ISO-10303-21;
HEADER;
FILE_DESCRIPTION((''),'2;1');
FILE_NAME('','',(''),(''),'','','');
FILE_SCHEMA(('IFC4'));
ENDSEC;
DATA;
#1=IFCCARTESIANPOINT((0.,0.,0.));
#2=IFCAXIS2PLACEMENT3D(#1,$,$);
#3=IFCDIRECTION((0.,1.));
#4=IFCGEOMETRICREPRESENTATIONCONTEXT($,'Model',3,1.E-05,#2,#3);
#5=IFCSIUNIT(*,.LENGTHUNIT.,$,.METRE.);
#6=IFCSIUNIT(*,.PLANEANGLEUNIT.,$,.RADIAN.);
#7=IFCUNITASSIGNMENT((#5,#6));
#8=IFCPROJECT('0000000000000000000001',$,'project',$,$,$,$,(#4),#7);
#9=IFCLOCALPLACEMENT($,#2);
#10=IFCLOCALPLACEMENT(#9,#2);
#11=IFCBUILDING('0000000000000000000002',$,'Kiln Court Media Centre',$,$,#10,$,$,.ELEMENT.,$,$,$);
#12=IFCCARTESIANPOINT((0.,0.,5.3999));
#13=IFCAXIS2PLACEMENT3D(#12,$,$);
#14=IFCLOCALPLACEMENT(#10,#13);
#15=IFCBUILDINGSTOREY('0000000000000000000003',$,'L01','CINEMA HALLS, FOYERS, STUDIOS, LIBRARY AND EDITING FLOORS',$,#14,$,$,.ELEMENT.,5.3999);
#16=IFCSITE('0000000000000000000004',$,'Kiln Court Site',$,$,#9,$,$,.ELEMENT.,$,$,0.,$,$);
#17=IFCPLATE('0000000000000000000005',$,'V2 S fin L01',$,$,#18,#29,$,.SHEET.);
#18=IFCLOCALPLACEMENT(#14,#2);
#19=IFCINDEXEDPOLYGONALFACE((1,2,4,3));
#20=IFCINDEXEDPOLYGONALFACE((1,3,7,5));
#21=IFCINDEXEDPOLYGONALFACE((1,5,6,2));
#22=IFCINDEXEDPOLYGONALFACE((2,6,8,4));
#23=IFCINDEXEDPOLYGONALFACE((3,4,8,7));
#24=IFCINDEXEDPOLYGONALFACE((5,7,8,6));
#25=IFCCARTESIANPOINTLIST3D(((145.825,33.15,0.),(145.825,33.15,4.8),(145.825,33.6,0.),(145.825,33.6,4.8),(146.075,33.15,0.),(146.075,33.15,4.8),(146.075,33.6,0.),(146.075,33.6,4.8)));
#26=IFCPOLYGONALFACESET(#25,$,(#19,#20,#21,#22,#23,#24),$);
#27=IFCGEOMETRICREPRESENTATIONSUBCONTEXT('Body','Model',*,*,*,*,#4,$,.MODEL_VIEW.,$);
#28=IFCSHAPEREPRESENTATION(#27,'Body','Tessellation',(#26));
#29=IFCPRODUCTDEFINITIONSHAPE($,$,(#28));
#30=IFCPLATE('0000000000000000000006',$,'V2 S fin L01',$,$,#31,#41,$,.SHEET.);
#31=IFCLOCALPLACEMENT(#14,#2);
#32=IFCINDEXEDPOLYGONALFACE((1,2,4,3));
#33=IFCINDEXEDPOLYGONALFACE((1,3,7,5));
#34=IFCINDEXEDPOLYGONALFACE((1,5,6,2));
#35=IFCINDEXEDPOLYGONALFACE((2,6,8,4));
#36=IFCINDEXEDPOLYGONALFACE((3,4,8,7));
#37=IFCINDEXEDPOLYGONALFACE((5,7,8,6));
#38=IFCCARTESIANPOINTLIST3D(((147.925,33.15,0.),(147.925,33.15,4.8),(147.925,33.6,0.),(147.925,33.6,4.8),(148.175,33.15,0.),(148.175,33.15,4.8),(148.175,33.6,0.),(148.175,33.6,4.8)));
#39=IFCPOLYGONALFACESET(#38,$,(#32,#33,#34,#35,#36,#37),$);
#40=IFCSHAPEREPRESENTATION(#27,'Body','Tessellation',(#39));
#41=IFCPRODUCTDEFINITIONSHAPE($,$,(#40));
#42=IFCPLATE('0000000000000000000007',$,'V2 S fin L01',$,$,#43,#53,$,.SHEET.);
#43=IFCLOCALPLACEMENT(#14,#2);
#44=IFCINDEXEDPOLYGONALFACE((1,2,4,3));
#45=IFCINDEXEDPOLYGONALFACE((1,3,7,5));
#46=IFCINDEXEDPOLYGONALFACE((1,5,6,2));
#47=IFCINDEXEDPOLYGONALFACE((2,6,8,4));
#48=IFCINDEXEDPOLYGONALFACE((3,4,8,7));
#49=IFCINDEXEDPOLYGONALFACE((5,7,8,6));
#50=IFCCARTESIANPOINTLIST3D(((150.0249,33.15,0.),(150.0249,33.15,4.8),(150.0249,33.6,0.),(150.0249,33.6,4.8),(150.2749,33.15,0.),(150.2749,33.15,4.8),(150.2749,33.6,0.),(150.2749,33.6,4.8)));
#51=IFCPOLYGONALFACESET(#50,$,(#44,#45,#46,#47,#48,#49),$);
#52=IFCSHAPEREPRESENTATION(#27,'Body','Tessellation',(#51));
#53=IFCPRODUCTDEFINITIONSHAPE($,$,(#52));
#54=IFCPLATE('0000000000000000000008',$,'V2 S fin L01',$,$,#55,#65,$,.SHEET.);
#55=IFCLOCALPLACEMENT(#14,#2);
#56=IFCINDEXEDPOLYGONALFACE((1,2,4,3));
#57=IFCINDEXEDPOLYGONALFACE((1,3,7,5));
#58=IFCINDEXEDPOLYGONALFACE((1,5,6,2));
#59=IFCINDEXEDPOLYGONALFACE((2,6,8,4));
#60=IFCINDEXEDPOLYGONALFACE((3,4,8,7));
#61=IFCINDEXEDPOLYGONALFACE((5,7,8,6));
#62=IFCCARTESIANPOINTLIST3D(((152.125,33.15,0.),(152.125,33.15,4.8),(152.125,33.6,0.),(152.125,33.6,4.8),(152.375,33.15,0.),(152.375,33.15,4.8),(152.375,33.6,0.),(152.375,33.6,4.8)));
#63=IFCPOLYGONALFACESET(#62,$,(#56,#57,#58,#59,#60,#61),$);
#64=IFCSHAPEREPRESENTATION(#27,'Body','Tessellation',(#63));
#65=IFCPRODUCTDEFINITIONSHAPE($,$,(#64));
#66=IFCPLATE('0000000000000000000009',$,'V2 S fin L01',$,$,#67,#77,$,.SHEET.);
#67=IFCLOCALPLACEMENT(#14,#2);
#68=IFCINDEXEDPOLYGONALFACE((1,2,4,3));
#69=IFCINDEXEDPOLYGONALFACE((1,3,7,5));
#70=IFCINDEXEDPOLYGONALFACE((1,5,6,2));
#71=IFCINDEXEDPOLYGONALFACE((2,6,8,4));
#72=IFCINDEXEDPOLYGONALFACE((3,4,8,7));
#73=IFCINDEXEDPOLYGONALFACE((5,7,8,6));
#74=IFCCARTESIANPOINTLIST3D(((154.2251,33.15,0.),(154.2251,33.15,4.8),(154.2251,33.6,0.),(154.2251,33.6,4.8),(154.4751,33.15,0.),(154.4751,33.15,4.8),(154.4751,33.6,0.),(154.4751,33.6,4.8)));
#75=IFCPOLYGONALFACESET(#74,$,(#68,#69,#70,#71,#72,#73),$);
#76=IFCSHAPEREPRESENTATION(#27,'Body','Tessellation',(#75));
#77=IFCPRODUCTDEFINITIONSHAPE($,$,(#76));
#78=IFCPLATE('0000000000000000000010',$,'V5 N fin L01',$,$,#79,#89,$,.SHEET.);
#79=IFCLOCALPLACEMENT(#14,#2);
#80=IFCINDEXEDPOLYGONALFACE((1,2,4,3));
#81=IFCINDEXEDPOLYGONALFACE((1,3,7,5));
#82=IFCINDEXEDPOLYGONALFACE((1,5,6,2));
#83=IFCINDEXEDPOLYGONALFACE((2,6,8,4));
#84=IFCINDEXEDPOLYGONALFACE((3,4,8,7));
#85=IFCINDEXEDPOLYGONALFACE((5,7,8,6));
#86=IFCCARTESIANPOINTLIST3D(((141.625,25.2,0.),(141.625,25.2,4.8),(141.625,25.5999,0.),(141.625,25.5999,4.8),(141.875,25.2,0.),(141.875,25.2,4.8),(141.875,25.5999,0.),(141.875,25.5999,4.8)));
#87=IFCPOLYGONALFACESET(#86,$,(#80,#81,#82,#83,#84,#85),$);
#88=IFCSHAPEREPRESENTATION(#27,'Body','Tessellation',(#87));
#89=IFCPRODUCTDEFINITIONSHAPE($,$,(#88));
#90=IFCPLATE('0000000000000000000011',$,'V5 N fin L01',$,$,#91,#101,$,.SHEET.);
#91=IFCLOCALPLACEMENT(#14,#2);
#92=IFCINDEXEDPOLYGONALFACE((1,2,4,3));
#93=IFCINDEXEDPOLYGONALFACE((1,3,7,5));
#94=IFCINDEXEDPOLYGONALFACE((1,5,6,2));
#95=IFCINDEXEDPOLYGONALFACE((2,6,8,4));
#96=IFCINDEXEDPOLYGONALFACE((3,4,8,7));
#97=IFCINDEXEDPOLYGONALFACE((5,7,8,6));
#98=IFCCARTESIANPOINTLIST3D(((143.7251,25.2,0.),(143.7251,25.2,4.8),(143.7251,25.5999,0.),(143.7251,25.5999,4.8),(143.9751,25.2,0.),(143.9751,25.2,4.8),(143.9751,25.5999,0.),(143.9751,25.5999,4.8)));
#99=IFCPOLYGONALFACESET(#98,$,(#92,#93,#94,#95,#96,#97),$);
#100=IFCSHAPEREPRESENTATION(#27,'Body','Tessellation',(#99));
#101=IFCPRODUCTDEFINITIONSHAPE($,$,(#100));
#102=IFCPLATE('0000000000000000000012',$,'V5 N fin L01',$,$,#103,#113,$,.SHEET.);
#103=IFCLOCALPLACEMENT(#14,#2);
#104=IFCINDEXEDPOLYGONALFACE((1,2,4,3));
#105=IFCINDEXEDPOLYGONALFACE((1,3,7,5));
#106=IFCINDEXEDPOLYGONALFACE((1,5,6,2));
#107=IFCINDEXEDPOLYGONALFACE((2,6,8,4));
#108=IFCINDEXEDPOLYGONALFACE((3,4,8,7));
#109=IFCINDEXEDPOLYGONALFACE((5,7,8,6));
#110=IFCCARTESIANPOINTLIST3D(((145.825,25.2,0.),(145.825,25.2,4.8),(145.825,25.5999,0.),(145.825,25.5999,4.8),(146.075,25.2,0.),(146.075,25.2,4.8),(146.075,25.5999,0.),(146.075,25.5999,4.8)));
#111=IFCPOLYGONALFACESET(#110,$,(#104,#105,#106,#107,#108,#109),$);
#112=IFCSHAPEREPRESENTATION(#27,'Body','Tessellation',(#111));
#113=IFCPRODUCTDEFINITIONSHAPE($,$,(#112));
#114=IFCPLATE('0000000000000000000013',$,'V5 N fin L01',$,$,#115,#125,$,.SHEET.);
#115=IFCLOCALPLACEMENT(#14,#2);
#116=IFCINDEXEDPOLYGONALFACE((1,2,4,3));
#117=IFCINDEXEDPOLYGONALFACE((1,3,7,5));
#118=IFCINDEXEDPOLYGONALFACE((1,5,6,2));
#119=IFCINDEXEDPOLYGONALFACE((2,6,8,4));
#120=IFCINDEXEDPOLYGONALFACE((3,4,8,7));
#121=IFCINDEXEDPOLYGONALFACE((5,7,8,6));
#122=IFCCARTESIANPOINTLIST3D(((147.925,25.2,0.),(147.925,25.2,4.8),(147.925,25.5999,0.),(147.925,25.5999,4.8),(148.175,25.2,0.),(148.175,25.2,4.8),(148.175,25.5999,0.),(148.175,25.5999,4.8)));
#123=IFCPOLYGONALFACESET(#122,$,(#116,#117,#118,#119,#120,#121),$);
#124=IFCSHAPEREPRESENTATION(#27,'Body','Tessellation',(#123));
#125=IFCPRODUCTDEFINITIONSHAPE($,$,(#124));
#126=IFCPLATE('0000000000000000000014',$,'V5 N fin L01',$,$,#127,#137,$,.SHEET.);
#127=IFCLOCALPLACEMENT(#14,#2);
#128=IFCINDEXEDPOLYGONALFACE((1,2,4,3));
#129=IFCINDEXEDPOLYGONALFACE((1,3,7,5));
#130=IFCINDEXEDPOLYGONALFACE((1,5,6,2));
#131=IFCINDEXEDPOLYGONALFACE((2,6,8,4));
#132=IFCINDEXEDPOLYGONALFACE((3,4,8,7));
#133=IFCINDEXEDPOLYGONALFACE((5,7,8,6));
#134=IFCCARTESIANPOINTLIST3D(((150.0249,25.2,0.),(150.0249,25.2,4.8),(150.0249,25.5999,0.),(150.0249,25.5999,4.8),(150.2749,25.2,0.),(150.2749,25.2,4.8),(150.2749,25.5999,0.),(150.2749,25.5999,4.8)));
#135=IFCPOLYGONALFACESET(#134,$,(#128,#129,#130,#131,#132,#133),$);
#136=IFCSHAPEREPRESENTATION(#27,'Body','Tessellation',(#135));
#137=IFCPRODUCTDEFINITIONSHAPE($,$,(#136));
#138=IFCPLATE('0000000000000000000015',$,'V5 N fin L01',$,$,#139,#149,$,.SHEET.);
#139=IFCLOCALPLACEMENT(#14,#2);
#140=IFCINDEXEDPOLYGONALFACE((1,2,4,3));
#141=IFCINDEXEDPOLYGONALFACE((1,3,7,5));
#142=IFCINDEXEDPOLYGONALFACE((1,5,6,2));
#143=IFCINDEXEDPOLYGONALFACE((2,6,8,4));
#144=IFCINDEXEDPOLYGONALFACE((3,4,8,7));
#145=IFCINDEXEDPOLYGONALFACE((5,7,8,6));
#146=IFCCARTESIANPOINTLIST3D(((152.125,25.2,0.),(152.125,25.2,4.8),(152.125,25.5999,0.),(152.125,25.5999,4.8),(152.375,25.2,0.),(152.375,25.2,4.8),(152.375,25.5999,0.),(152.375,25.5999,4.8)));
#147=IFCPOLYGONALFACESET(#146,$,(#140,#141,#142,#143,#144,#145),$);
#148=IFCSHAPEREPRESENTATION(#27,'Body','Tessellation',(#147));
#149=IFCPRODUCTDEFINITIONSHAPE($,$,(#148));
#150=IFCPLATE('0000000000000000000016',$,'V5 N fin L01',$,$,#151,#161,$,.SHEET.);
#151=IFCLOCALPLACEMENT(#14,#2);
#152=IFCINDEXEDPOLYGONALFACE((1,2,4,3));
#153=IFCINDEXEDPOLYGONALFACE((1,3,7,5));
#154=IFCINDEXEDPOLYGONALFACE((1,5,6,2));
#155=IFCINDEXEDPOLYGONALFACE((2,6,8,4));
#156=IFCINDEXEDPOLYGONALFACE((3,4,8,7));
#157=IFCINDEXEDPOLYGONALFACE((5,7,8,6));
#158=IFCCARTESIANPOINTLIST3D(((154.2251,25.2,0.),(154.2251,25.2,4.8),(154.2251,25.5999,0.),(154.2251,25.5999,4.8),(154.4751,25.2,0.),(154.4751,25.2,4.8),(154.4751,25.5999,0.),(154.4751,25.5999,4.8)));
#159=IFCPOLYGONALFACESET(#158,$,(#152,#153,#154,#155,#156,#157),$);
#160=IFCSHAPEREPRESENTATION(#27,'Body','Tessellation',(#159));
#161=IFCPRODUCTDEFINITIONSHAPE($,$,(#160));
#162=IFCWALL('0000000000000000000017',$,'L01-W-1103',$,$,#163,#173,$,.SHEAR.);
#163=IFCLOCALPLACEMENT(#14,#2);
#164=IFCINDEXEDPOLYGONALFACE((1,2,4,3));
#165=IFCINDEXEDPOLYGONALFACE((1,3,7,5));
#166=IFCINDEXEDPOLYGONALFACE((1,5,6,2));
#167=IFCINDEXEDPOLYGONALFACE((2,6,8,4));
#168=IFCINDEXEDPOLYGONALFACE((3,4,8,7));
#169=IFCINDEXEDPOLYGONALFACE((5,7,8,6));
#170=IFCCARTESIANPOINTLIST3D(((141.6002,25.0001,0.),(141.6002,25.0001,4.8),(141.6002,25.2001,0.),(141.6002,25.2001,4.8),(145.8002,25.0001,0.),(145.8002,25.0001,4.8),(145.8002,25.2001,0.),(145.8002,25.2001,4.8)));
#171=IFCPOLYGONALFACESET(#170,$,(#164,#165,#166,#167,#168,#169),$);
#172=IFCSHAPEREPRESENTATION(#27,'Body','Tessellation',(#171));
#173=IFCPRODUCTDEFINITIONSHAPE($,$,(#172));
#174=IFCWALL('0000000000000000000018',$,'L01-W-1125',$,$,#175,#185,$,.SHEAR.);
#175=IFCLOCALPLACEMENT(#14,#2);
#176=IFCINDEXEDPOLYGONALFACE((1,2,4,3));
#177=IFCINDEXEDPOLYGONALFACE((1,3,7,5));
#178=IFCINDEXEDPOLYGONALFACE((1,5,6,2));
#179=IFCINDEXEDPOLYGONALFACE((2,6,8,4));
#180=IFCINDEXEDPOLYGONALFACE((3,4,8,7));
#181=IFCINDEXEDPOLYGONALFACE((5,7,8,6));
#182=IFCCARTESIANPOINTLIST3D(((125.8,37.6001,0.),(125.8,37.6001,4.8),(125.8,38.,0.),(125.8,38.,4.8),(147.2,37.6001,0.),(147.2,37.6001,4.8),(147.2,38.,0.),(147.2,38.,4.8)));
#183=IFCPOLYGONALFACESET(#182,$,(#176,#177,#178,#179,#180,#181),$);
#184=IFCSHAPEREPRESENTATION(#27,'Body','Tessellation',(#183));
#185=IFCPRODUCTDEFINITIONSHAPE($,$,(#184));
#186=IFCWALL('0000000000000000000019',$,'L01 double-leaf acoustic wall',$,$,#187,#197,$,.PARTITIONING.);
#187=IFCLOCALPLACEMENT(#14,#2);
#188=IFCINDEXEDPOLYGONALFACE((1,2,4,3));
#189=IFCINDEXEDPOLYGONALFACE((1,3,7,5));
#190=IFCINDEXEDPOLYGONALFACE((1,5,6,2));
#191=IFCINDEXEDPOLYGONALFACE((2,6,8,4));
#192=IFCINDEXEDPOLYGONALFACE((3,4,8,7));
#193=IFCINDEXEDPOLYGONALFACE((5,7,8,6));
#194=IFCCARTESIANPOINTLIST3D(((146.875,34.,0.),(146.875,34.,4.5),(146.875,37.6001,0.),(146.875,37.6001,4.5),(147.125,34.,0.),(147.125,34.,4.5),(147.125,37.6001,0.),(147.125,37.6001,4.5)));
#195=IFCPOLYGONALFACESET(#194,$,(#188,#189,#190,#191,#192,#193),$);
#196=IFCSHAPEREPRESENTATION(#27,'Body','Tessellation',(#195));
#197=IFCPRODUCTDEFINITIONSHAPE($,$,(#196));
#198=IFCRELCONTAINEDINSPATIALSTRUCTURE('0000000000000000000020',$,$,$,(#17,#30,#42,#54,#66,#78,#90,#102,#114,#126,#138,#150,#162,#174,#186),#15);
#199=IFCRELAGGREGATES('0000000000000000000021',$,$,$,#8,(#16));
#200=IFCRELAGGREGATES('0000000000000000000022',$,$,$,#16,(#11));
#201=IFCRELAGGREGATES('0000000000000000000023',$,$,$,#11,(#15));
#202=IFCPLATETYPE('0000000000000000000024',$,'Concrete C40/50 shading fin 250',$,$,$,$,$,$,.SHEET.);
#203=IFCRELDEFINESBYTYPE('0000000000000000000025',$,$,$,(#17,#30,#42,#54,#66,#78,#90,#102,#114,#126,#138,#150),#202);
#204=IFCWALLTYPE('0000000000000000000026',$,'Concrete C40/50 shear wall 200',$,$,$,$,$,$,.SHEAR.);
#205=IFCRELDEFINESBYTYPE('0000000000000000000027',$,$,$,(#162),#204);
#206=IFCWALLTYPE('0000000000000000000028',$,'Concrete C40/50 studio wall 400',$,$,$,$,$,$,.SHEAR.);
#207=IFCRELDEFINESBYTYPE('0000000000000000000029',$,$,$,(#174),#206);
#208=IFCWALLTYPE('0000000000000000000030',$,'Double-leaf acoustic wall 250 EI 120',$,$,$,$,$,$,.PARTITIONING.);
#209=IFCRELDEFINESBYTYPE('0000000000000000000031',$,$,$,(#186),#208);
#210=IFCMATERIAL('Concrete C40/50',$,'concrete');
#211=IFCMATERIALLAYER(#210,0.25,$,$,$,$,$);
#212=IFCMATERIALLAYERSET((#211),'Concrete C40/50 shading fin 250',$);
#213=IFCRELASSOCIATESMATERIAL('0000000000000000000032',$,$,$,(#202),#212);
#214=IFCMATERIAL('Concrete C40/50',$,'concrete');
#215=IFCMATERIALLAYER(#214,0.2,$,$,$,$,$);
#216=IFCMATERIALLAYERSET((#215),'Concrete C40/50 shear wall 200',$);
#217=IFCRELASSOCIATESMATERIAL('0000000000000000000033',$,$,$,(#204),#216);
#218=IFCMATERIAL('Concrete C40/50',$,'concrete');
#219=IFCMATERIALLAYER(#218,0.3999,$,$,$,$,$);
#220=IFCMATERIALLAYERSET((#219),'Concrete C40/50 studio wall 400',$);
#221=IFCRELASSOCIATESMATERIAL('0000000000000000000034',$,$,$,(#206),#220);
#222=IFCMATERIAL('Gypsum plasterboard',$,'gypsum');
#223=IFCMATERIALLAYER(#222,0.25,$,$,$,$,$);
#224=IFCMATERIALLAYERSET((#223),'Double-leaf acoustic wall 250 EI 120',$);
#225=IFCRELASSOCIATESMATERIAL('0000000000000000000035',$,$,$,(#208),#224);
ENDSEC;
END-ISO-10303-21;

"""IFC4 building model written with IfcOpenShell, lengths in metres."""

from ifc_helpers import new_model, si_unit, direction, frame, frame_2d, origin, origin_2d, place, context, subcontext, project, spatial, rectangle, extrude, material, layer, layer_set, type_object, element, save


model = new_model("IFC4")

# Units and contexts
model_context = context("Model", 3, precision=1e-05, world=origin(), true_north=direction((0.0, 1.0)))
body_context = subcontext(model_context, "Body", "Model", "MODEL_VIEW")
ifc_project = project(units=[si_unit("LENGTHUNIT", "METRE"), si_unit("PLANEANGLEUNIT", "RADIAN")], contexts=[model_context])

# Site, building, storey
site_placement = place(None, origin())
site = spatial("IfcSite", under=ifc_project, at=site_placement, Name="Kiln Court Site", CompositionType="ELEMENT", RefElevation=0.0)
building_placement = place(site_placement, origin())
building = spatial("IfcBuilding", under=site, at=building_placement, Name="Kiln Court Media Centre", CompositionType="ELEMENT")
storey_placement = place(building_placement, frame((0.0, 0.0, 5.3999)))
storey = spatial("IfcBuildingStorey", under=building, at=storey_placement, Name="L01", Description="CINEMA HALLS, FOYERS, STUDIOS, LIBRARY AND EDITING FLOORS", CompositionType="ELEMENT", Elevation=5.3999)

# Plates
ifc_material_1 = material(Name="Concrete C40/50", Category="concrete")
ifc_layer_1 = layer(ifc_material_1, 0.25)
ifc_layer_set_1 = layer_set([ifc_layer_1], Name="Concrete C40/50 shading fin 250")
plate_type = type_object("IfcPlateType", Name="Concrete C40/50 shading fin 250", PredefinedType="SHEET", material=ifc_layer_set_1)
for number, where, z_axis, x_axis, name in (
    (1, (145.95, 33.375, 0.0), (0.0, 0.0, 1.0), (1.0, 0.0, 0.0), "V2 S fin L01"),
    (2, (148.05, 33.375, 0.0), (0.0, 0.0, 1.0), (1.0, 0.0, 0.0), "V2 S fin L01"),
    (3, (150.1499, 33.375, 0.0), (0.0, 0.0, 1.0), (1.0, 0.0, 0.0), "V2 S fin L01"),
    (4, (152.25, 33.375, 0.0), (0.0, 0.0, 1.0), (1.0, 0.0, 0.0), "V2 S fin L01"),
    (5, (154.3501, 33.375, 0.0), (0.0, 0.0, 1.0), (1.0, 0.0, 0.0), "V2 S fin L01"),
):
    element("IfcPlate", number, at=place(storey_placement, frame(where, z_axis=z_axis, x_axis=x_axis)), inside=storey, type_object=plate_type, Name=name, PredefinedType="SHEET", context=body_context, shape_type="SweptSolid", body=[
        extrude(rectangle(XDim=0.25, YDim=0.45, at=origin_2d()), origin(), (0.0, 0.0, 1.0), 4.8),
    ])
for number, where, z_axis, x_axis, name in (
    (6, (141.75, 25.3999, 0.0), (0.0, 0.0, 1.0), (1.0, 0.0, 0.0), "V5 N fin L01"),
    (7, (143.8501, 25.3999, 0.0), (0.0, 0.0, 1.0), (1.0, 0.0, 0.0), "V5 N fin L01"),
    (8, (145.95, 25.3999, 0.0), (0.0, 0.0, 1.0), (1.0, 0.0, 0.0), "V5 N fin L01"),
    (9, (148.05, 25.3999, 0.0), (0.0, 0.0, 1.0), (1.0, 0.0, 0.0), "V5 N fin L01"),
    (10, (150.1499, 25.3999, 0.0), (0.0, 0.0, 1.0), (1.0, 0.0, 0.0), "V5 N fin L01"),
    (11, (152.25, 25.3999, 0.0), (0.0, 0.0, 1.0), (1.0, 0.0, 0.0), "V5 N fin L01"),
    (12, (154.3501, 25.3999, 0.0), (0.0, 0.0, 1.0), (1.0, 0.0, 0.0), "V5 N fin L01"),
):
    element("IfcPlate", number, at=place(storey_placement, frame(where, z_axis=z_axis, x_axis=x_axis)), inside=storey, type_object=plate_type, Name=name, PredefinedType="SHEET", context=body_context, shape_type="SweptSolid", body=[
        extrude(rectangle(XDim=0.25, YDim=0.3999, at=origin_2d()), origin(), (0.0, 0.0, 1.0), 4.8),
    ])

# Walls
ifc_material_2 = material(Name="Concrete C40/50", Category="concrete")
ifc_layer_2 = layer(ifc_material_2, 0.2)
ifc_layer_set_2 = layer_set([ifc_layer_2], Name="Concrete C40/50 shear wall 200")
wall_type_1 = type_object("IfcWallType", Name="Concrete C40/50 shear wall 200", PredefinedType="SHEAR", material=ifc_layer_set_2)
wall_1_placement = place(storey_placement, frame((141.6001, 25.1001, 0.0), z_axis=(0.0, 0.0, 1.0), x_axis=(1.0, 0.0, 0.0)))
element("IfcWall", 13, at=wall_1_placement, inside=storey, type_object=wall_type_1, Name="L01-W-1103", PredefinedType="SHEAR", context=body_context, shape_type="SweptSolid", body=[
    extrude(rectangle(XDim=4.2, YDim=0.2, at=frame_2d((2.1001, 0.0))), origin(), (0.0, 0.0, 1.0), 4.8),
])
ifc_material_3 = material(Name="Concrete C40/50", Category="concrete")
ifc_layer_3 = layer(ifc_material_3, 0.3999)
ifc_layer_set_3 = layer_set([ifc_layer_3], Name="Concrete C40/50 studio wall 400")
wall_type_2 = type_object("IfcWallType", Name="Concrete C40/50 studio wall 400", PredefinedType="SHEAR", material=ifc_layer_set_3)
wall_2_placement = place(storey_placement, frame((147.2, 37.8, 0.0), z_axis=(0.0, 0.0, 1.0), x_axis=(-1.0, 0.0, 0.0)))
element("IfcWall", 14, at=wall_2_placement, inside=storey, type_object=wall_type_2, Name="L01-W-1125", PredefinedType="SHEAR", context=body_context, shape_type="SweptSolid", body=[
    extrude(rectangle(XDim=21.3999, YDim=0.3999, at=frame_2d((10.7, 0.0))), origin(), (0.0, 0.0, 1.0), 4.8),
])
ifc_material_4 = material(Name="Gypsum plasterboard", Category="gypsum")
ifc_layer_4 = layer(ifc_material_4, 0.25)
ifc_layer_set_4 = layer_set([ifc_layer_4], Name="Double-leaf acoustic wall 250 EI 120")
wall_type_3 = type_object("IfcWallType", Name="Double-leaf acoustic wall 250 EI 120", PredefinedType="PARTITIONING", material=ifc_layer_set_4)
wall_3_placement = place(storey_placement, frame((147.0, 34.0, 0.0), z_axis=(0.0, 0.0, 1.0), x_axis=(0.0, 1.0, 0.0)))
element("IfcWall", 15, at=wall_3_placement, inside=storey, type_object=wall_type_3, Name="L01 double-leaf acoustic wall", PredefinedType="PARTITIONING", context=body_context, shape_type="SweptSolid", body=[
    extrude(rectangle(XDim=3.6001, YDim=0.25, at=frame_2d((1.8, 0.0))), origin(), (0.0, 0.0, 1.0), 4.5),
])

save(model, "model.ifc")
